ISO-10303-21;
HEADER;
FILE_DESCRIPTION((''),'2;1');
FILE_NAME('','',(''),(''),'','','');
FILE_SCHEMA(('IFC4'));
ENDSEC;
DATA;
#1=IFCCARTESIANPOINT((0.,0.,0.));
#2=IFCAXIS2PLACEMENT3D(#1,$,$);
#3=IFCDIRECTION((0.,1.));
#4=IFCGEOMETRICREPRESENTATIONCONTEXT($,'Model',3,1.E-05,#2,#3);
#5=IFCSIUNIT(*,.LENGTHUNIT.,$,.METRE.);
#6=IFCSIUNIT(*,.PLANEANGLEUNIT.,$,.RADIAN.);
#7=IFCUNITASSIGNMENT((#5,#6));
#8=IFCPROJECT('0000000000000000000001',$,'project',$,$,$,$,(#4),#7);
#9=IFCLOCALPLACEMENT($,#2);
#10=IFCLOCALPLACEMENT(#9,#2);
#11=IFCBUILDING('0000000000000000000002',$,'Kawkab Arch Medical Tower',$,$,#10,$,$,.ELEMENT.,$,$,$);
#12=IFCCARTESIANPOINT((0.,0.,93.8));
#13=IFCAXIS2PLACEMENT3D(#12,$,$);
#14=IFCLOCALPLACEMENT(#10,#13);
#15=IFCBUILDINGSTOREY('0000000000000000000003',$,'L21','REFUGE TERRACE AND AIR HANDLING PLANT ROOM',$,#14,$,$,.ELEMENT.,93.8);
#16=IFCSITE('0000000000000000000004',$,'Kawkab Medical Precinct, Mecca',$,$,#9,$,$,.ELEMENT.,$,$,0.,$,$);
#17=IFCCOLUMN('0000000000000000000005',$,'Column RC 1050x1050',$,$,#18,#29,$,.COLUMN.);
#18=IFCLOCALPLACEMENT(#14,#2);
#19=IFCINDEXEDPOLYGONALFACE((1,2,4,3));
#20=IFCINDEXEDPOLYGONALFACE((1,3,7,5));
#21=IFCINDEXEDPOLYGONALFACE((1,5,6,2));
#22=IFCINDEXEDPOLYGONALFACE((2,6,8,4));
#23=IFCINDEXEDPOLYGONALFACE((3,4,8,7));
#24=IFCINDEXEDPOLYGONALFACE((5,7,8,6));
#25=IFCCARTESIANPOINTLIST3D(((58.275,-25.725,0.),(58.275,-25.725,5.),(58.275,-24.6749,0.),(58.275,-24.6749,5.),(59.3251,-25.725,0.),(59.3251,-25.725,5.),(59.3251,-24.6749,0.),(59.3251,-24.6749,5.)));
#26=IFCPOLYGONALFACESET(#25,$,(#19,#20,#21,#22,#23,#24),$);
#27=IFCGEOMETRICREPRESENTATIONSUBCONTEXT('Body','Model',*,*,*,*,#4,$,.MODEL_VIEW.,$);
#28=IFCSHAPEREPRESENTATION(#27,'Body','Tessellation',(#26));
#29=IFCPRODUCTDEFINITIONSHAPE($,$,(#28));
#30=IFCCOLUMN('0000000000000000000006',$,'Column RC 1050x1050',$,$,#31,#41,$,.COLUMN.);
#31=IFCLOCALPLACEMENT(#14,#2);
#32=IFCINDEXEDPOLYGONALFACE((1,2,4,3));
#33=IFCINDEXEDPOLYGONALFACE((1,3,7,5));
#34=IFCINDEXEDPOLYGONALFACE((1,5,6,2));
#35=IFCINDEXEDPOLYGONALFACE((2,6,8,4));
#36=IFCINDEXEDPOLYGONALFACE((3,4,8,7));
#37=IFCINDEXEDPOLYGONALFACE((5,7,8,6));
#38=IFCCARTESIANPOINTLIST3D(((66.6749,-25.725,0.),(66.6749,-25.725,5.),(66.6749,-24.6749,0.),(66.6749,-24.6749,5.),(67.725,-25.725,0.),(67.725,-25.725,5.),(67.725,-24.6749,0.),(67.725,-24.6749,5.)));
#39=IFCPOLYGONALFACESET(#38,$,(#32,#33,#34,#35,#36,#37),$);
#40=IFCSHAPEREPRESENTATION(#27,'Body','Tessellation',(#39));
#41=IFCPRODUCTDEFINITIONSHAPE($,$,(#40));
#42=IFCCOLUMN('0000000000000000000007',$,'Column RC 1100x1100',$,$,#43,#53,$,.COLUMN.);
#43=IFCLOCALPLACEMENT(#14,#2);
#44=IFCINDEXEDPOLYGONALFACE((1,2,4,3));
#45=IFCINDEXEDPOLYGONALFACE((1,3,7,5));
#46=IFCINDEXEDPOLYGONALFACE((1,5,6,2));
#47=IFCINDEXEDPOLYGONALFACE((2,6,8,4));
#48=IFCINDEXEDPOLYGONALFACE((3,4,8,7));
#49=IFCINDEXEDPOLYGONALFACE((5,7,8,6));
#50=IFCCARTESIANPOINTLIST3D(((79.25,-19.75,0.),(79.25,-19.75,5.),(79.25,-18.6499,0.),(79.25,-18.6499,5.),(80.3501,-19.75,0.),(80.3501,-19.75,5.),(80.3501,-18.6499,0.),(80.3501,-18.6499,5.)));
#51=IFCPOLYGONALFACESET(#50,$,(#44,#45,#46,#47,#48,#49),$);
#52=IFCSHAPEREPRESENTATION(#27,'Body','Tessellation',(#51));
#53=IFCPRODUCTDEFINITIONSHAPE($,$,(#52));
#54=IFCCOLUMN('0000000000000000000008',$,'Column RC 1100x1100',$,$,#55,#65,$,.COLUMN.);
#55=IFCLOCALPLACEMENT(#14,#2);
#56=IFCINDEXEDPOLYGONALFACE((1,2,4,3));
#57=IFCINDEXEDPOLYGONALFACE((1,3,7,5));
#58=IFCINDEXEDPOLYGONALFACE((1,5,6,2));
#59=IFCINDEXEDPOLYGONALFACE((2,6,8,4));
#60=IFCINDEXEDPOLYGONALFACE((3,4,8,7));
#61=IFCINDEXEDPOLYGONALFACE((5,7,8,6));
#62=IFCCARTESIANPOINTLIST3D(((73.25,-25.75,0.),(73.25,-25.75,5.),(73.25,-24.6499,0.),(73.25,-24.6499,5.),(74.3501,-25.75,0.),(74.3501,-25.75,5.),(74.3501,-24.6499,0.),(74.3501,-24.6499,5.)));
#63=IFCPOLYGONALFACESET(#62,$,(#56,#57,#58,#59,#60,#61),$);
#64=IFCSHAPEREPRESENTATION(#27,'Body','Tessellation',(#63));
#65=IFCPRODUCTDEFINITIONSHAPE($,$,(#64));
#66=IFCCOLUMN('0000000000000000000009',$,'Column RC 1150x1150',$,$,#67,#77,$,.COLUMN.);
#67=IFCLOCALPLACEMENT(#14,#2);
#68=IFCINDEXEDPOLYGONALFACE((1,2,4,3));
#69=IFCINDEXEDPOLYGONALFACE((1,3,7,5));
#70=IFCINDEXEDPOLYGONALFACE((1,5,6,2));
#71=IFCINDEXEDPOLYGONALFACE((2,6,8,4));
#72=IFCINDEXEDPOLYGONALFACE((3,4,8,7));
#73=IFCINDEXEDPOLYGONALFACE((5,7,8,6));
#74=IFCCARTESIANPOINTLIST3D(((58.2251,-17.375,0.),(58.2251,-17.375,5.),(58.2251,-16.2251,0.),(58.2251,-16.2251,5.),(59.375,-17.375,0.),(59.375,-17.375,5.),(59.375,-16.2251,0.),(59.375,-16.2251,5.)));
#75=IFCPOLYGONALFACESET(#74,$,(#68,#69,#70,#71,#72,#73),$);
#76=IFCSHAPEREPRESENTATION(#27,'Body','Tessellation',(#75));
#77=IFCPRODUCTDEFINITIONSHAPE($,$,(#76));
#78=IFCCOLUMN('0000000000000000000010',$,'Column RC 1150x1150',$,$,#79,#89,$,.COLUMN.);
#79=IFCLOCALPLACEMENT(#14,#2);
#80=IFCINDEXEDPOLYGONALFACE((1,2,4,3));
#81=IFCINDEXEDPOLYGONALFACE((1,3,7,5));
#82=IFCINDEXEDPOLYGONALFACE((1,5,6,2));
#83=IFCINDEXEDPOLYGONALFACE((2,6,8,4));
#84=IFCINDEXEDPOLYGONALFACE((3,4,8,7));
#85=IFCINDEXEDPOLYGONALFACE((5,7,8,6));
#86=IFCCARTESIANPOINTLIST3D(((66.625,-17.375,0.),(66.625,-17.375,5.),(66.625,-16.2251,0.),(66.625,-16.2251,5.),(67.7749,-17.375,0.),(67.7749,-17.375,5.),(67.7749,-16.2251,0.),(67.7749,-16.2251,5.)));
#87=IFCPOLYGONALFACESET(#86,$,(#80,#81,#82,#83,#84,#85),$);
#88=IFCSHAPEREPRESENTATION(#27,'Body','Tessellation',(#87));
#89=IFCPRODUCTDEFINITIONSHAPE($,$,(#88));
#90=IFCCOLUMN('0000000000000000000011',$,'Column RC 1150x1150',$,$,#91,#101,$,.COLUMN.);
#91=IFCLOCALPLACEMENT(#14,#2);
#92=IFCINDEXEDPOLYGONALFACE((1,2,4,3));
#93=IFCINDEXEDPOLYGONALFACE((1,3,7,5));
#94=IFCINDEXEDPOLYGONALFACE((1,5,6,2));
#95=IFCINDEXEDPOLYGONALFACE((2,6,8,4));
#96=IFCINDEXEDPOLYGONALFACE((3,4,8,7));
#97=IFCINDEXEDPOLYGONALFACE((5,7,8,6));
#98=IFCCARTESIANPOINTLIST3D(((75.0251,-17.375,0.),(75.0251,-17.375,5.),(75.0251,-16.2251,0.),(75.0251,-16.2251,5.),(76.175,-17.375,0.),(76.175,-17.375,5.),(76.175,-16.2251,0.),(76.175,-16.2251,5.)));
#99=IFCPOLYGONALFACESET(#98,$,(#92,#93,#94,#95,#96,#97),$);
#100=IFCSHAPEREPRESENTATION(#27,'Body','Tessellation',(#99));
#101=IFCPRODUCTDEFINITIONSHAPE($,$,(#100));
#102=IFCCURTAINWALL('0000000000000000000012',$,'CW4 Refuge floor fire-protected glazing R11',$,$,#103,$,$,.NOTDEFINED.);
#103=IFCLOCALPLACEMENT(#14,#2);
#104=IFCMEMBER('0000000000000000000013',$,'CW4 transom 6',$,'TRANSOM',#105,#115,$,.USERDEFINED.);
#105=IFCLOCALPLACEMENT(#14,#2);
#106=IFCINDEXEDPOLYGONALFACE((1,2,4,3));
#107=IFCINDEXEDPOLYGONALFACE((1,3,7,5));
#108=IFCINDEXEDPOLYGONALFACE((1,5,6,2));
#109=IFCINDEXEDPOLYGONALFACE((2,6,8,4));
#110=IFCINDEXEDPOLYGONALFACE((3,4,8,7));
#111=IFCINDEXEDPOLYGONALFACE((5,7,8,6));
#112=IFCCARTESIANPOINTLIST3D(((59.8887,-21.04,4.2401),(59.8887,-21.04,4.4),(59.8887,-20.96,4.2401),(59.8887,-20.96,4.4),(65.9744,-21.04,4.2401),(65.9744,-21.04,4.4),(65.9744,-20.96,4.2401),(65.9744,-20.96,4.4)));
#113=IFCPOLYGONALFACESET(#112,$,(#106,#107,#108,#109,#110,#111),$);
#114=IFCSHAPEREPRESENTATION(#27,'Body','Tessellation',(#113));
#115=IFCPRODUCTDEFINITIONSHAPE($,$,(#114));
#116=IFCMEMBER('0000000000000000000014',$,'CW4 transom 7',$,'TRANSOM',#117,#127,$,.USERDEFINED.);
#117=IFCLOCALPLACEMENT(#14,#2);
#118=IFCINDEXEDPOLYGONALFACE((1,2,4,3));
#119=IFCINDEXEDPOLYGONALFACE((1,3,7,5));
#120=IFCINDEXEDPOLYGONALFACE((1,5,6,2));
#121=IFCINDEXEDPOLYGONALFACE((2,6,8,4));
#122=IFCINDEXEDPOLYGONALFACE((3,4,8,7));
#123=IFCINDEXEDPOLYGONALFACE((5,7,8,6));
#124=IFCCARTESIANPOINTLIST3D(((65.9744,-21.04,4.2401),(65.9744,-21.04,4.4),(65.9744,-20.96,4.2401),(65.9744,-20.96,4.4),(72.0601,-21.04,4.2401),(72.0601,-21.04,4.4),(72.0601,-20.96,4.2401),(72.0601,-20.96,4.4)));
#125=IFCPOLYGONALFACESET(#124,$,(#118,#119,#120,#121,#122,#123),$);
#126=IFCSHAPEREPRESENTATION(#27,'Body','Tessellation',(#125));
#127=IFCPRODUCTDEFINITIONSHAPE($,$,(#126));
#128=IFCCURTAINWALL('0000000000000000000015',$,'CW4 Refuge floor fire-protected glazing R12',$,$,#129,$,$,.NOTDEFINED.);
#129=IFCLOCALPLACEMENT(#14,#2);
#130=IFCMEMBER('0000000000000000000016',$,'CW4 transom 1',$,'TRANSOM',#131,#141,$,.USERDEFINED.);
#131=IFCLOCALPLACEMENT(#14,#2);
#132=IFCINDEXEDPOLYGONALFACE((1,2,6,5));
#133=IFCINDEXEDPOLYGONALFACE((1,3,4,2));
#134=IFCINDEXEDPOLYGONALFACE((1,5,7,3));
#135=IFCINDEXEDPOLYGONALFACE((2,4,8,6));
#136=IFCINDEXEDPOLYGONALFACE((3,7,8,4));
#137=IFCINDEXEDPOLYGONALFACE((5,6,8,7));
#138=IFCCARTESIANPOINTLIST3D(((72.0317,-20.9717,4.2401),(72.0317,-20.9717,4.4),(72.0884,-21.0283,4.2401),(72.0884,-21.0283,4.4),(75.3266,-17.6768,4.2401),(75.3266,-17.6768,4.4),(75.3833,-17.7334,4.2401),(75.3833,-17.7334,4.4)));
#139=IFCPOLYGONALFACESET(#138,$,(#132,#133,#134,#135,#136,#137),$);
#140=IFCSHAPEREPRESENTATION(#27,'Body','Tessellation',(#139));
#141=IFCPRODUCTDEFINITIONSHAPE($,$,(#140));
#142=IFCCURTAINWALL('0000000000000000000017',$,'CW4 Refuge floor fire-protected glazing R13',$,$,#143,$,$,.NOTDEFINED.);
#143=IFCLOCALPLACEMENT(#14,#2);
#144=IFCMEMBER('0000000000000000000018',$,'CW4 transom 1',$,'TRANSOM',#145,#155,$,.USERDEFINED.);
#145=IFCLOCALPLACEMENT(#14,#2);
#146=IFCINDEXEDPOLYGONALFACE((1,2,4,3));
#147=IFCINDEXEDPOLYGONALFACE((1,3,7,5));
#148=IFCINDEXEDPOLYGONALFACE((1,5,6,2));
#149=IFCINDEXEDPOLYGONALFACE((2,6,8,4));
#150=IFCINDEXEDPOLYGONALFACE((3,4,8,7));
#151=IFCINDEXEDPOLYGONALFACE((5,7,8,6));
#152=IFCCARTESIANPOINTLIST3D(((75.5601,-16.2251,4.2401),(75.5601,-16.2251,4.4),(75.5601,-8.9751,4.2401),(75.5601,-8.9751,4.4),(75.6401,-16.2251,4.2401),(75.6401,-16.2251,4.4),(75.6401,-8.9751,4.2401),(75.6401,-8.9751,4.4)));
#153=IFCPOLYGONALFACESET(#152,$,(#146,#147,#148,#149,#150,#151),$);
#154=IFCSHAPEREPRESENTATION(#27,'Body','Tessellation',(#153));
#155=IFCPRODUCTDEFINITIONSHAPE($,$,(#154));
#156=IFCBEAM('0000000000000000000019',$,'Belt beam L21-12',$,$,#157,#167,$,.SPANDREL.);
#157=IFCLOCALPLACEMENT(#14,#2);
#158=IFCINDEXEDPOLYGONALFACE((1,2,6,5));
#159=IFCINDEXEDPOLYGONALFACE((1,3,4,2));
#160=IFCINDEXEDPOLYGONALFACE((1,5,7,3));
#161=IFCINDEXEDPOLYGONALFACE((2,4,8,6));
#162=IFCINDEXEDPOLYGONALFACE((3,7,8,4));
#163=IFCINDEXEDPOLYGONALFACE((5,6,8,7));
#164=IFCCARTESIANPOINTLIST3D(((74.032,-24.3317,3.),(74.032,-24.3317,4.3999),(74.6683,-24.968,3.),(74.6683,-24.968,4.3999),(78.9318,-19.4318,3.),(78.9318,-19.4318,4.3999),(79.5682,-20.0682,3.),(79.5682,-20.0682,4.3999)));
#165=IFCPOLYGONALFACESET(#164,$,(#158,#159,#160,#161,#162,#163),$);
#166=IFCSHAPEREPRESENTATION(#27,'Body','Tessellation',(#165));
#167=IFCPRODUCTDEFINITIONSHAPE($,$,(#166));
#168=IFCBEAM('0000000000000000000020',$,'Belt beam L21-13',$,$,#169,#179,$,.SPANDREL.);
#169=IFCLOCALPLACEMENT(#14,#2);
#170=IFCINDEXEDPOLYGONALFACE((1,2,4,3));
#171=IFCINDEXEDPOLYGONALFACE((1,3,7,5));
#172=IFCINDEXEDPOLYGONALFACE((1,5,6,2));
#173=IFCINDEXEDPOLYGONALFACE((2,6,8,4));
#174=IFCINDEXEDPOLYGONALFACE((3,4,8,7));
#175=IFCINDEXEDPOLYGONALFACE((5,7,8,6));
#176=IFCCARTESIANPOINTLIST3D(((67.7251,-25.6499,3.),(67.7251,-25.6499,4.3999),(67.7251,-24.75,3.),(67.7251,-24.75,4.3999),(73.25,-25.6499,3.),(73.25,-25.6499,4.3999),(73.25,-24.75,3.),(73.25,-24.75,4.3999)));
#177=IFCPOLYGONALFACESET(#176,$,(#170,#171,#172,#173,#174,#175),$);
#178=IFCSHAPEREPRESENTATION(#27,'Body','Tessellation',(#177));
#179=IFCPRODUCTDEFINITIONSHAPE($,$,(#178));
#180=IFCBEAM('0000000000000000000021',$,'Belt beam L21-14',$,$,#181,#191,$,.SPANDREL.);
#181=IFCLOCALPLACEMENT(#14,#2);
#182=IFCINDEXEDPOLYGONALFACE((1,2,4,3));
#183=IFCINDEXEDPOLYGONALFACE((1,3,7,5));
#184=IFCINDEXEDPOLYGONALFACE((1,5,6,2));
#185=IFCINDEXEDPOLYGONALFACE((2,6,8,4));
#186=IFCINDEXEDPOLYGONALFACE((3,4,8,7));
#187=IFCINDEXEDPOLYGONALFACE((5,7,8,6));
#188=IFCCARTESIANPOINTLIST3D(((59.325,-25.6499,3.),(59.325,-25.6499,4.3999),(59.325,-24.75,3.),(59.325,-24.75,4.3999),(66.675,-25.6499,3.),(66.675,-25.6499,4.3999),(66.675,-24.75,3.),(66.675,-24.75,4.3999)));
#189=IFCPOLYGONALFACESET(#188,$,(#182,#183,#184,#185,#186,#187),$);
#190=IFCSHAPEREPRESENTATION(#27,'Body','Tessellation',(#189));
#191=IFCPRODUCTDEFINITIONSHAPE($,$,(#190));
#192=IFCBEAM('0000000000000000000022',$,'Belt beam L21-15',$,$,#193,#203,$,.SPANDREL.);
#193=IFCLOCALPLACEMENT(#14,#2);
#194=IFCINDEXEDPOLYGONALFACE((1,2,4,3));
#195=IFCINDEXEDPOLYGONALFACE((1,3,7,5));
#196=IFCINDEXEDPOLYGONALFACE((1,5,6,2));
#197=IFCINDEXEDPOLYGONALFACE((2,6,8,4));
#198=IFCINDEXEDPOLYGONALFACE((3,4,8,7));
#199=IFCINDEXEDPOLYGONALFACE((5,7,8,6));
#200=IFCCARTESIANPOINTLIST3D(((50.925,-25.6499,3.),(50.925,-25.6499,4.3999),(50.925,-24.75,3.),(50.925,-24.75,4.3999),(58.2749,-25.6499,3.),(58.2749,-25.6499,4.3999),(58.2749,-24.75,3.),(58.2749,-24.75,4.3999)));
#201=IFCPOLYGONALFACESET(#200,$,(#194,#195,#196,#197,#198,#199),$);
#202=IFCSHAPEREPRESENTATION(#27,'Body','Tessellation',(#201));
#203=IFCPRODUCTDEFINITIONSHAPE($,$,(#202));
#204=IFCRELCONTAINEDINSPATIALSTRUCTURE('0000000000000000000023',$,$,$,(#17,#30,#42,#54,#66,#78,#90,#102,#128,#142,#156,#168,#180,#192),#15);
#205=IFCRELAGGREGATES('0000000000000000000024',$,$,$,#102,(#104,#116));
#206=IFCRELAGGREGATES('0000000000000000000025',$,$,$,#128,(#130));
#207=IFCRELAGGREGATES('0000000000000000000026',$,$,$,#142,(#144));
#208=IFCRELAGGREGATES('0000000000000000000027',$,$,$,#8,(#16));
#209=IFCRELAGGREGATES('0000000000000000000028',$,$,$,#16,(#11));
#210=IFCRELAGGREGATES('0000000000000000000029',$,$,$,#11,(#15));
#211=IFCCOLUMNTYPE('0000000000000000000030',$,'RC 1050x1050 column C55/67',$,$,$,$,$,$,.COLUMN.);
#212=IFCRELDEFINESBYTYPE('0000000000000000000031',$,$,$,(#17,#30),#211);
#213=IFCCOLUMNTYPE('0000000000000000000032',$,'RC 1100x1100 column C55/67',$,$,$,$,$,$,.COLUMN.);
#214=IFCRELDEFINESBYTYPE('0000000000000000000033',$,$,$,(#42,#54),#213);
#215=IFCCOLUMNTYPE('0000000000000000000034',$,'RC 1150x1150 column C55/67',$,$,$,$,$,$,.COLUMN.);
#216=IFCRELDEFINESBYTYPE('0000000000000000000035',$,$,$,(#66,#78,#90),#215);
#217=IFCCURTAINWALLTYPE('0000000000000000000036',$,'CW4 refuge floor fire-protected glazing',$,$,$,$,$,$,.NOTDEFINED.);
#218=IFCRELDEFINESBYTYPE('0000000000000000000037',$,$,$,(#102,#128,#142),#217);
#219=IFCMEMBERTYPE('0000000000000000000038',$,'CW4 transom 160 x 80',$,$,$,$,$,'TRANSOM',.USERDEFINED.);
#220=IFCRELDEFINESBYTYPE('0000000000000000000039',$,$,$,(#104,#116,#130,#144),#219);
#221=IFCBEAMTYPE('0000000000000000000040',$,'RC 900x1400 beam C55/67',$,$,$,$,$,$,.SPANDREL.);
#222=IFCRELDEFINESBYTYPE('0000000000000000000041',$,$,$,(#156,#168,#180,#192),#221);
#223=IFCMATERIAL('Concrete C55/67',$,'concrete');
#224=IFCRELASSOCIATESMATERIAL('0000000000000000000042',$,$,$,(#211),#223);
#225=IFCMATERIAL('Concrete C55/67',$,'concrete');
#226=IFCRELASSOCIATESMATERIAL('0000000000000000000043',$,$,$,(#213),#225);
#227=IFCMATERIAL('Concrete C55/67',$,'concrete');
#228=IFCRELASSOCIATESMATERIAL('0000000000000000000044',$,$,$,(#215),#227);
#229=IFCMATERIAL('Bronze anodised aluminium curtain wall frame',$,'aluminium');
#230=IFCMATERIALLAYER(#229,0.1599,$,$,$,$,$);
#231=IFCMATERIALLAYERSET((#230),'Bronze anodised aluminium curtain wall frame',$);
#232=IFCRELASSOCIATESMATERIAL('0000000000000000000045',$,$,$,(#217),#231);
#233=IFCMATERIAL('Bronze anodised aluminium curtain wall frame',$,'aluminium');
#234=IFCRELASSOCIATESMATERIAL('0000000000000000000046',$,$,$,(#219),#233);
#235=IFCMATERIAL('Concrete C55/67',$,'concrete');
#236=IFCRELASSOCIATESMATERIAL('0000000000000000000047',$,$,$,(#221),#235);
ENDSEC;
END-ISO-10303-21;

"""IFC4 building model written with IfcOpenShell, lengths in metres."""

from ifc_helpers import new_model, si_unit, direction, frame, origin, origin_2d, place, context, subcontext, project, spatial, rectangle, extrude, material, layer, layer_set, material_profile, profile_set, type_object, element, aggregate, save


model = new_model("IFC4")

# Units and contexts
model_context = context("Model", 3, precision=1e-05, world=origin(), true_north=direction((0.0, 1.0)))
body_context = subcontext(model_context, "Body", "Model", "MODEL_VIEW")
ifc_project = project(units=[si_unit("LENGTHUNIT", "METRE"), si_unit("PLANEANGLEUNIT", "RADIAN")], contexts=[model_context])

# Site, building, storey
site_placement = place(None, origin())
site = spatial("IfcSite", under=ifc_project, at=site_placement, Name="Kawkab Medical Precinct, Mecca", CompositionType="ELEMENT", RefElevation=0.0)
building_placement = place(site_placement, origin())
building = spatial("IfcBuilding", under=site, at=building_placement, Name="Kawkab Arch Medical Tower", CompositionType="ELEMENT")
storey_placement = place(building_placement, frame((0.0, 0.0, 93.8)))
storey = spatial("IfcBuildingStorey", under=building, at=storey_placement, Name="L21", Description="REFUGE TERRACE AND AIR HANDLING PLANT ROOM", CompositionType="ELEMENT", Elevation=93.8)

# Columns
ifc_material_1 = material(Name="Concrete C55/67", Category="concrete")
ifc_material_profile_1 = material_profile(ifc_material_1, rectangle(XDim=1.05, YDim=1.05, at=origin_2d()), Name="RC 1050x1050")
ifc_profile_set_1 = profile_set([ifc_material_profile_1], Name="Concrete C55/67")
column_type_1 = type_object("IfcColumnType", Name="RC 1050x1050 column C55/67", PredefinedType="COLUMN", material=ifc_profile_set_1)
for number, where, z_axis, x_axis, name in (
    (1, (58.8, -25.2, 0.0), (0.0, 0.0, 1.0), (1.0, 0.0, 0.0), "Column RC 1050x1050"),
    (2, (67.2, -25.2, 0.0), (0.0, 0.0, 1.0), (1.0, 0.0, 0.0), "Column RC 1050x1050"),
):
    element("IfcColumn", number, at=place(storey_placement, frame(where, z_axis=z_axis, x_axis=x_axis)), inside=storey, type_object=column_type_1, Name=name, PredefinedType="COLUMN", context=body_context, shape_type="SweptSolid", body=[
        extrude(rectangle(XDim=1.05, YDim=1.05, at=origin_2d()), origin(), (0.0, 0.0, 1.0), 5.0),
    ])
ifc_material_2 = material(Name="Concrete C55/67", Category="concrete")
ifc_material_profile_2 = material_profile(ifc_material_2, rectangle(XDim=1.1001, YDim=1.1001, at=origin_2d()), Name="RC 1100x1100")
ifc_profile_set_2 = profile_set([ifc_material_profile_2], Name="Concrete C55/67")
column_type_2 = type_object("IfcColumnType", Name="RC 1100x1100 column C55/67", PredefinedType="COLUMN", material=ifc_profile_set_2)
for number, where, z_axis, x_axis, name in (
    (3, (79.8, -19.2, 0.0), (0.0, 0.0, 1.0), (1.0, 0.0, 0.0), "Column RC 1100x1100"),
    (4, (73.8, -25.2, 0.0), (0.0, 0.0, 1.0), (1.0, 0.0, 0.0), "Column RC 1100x1100"),
):
    element("IfcColumn", number, at=place(storey_placement, frame(where, z_axis=z_axis, x_axis=x_axis)), inside=storey, type_object=column_type_2, Name=name, PredefinedType="COLUMN", context=body_context, shape_type="SweptSolid", body=[
        extrude(rectangle(XDim=1.1001, YDim=1.1001, at=origin_2d()), origin(), (0.0, 0.0, 1.0), 5.0),
    ])
ifc_material_3 = material(Name="Concrete C55/67", Category="concrete")
ifc_material_profile_3 = material_profile(ifc_material_3, rectangle(XDim=1.1499, YDim=1.1499, at=origin_2d()), Name="RC 1150x1150")
ifc_profile_set_3 = profile_set([ifc_material_profile_3], Name="Concrete C55/67")
column_type_3 = type_object("IfcColumnType", Name="RC 1150x1150 column C55/67", PredefinedType="COLUMN", material=ifc_profile_set_3)
for number, where, z_axis, x_axis, name in (
    (5, (58.8, -16.8, 0.0), (0.0, 0.0, 1.0), (1.0, 0.0, 0.0), "Column RC 1150x1150"),
    (6, (67.2, -16.8, 0.0), (0.0, 0.0, 1.0), (1.0, 0.0, 0.0), "Column RC 1150x1150"),
    (7, (75.6001, -16.8, 0.0), (0.0, 0.0, 1.0), (1.0, 0.0, 0.0), "Column RC 1150x1150"),
):
    element("IfcColumn", number, at=place(storey_placement, frame(where, z_axis=z_axis, x_axis=x_axis)), inside=storey, type_object=column_type_3, Name=name, PredefinedType="COLUMN", context=body_context, shape_type="SweptSolid", body=[
        extrude(rectangle(XDim=1.1499, YDim=1.1499, at=origin_2d()), origin(), (0.0, 0.0, 1.0), 5.0),
    ])

# Curtain wall, members
ifc_material_4 = material(Name="Bronze anodised aluminium curtain wall frame", Category="aluminium")
ifc_layer_1 = layer(ifc_material_4, 0.1599)
ifc_layer_set_1 = layer_set([ifc_layer_1], Name="Bronze anodised aluminium curtain wall frame")
curtain_wall_type = type_object("IfcCurtainWallType", Name="CW4 refuge floor fire-protected glazing", PredefinedType="NOTDEFINED", material=ifc_layer_set_1)
placement = place(storey_placement, origin())
curtain_wall_1 = element("IfcCurtainWall", 8, at=placement, inside=storey, type_object=curtain_wall_type, Name="CW4 Refuge floor fire-protected glazing R11", PredefinedType="NOTDEFINED")
ifc_material_5 = material(Name="Bronze anodised aluminium curtain wall frame", Category="aluminium")
ifc_material_profile_4 = material_profile(ifc_material_5, rectangle(XDim=0.0801, YDim=0.1599, at=origin_2d()), Name="AL 80x160")
ifc_profile_set_4 = profile_set([ifc_material_profile_4], Name="Bronze anodised aluminium curtain wall frame")
member_type = type_object("IfcMemberType", Name="CW4 transom 160 x 80", ElementType="TRANSOM", PredefinedType="USERDEFINED", material=ifc_profile_set_4)
member_1_placement = place(storey_placement, frame((59.8887, -21.0, 4.3201), z_axis=(1.0, 0.0, 0.0), x_axis=(0.0, 1.0, 0.0)))
member_1 = element("IfcMember", 9, at=member_1_placement, type_object=member_type, Name="CW4 transom 6", ObjectType="TRANSOM", PredefinedType="USERDEFINED", context=body_context, shape_type="SweptSolid", body=[
    extrude(rectangle(XDim=0.0801, YDim=0.1599, at=origin_2d()), origin(), (0.0, 0.0, 1.0), 6.0857),
])
member_2_placement = place(storey_placement, frame((65.9744, -21.0, 4.3201), z_axis=(1.0, 0.0, 0.0), x_axis=(0.0, 1.0, 0.0)))
member_2 = element("IfcMember", 10, at=member_2_placement, type_object=member_type, Name="CW4 transom 7", ObjectType="TRANSOM", PredefinedType="USERDEFINED", context=body_context, shape_type="SweptSolid", body=[
    extrude(rectangle(XDim=0.0801, YDim=0.1599, at=origin_2d()), origin(), (0.0, 0.0, 1.0), 6.0857),
])

# Curtain walls, members
curtain_wall_2 = element("IfcCurtainWall", 11, at=placement, inside=storey, type_object=curtain_wall_type, Name="CW4 Refuge floor fire-protected glazing R12", PredefinedType="NOTDEFINED")
member_3_placement = place(storey_placement, frame((72.0601, -21.0, 4.3201), z_axis=(0.707107, 0.707107, 0.0), x_axis=(-0.707107, 0.707107, 0.0)))
member_3 = element("IfcMember", 12, at=member_3_placement, type_object=member_type, Name="CW4 transom 1", ObjectType="TRANSOM", PredefinedType="USERDEFINED", context=body_context, shape_type="SweptSolid", body=[
    extrude(rectangle(XDim=0.0801, YDim=0.1599, at=origin_2d()), origin(), (0.0, 0.0, 1.0), 4.6597),
])
curtain_wall_3 = element("IfcCurtainWall", 13, at=placement, inside=storey, type_object=curtain_wall_type, Name="CW4 Refuge floor fire-protected glazing R13", PredefinedType="NOTDEFINED")
member_4_placement = place(storey_placement, frame((75.6001, -16.2251, 4.3201), z_axis=(0.0, 1.0, 0.0), x_axis=(-1.0, 0.0, 0.0)))
member_4 = element("IfcMember", 14, at=member_4_placement, type_object=member_type, Name="CW4 transom 1", ObjectType="TRANSOM", PredefinedType="USERDEFINED", context=body_context, shape_type="SweptSolid", body=[
    extrude(rectangle(XDim=0.0801, YDim=0.1599, at=origin_2d()), origin(), (0.0, 0.0, 1.0), 7.25),
])

# Beams
ifc_material_6 = material(Name="Concrete C55/67", Category="concrete")
ifc_material_profile_5 = material_profile(ifc_material_6, rectangle(XDim=0.8999, YDim=1.3999, at=origin_2d()), Name="RC 900x1400")
ifc_profile_set_5 = profile_set([ifc_material_profile_5], Name="Concrete C55/67")
beam_type = type_object("IfcBeamType", Name="RC 900x1400 beam C55/67", PredefinedType="SPANDREL", material=ifc_profile_set_5)
beam_1_placement = place(storey_placement, frame((79.25, -19.75, 3.7), z_axis=(-0.707107, -0.707107, 0.0), x_axis=(0.707107, -0.707107, 0.0)))
element("IfcBeam", 15, at=beam_1_placement, inside=storey, type_object=beam_type, Name="Belt beam L21-12", PredefinedType="SPANDREL", context=body_context, shape_type="SweptSolid", body=[
    extrude(rectangle(XDim=0.8999, YDim=1.3999, at=origin_2d()), origin(), (0.0, 0.0, 1.0), 6.9294),
])
beam_2_placement = place(storey_placement, frame((73.25, -25.2, 3.7), z_axis=(-1.0, 0.0, 0.0), x_axis=(0.0, -1.0, 0.0)))
element("IfcBeam", 16, at=beam_2_placement, inside=storey, type_object=beam_type, Name="Belt beam L21-13", PredefinedType="SPANDREL", context=body_context, shape_type="SweptSolid", body=[
    extrude(rectangle(XDim=0.8999, YDim=1.3999, at=origin_2d()), origin(), (0.0, 0.0, 1.0), 5.5249),
])
beam_3_placement = place(storey_placement, frame((66.675, -25.2, 3.7), z_axis=(-1.0, 0.0, 0.0), x_axis=(0.0, -1.0, 0.0)))
element("IfcBeam", 17, at=beam_3_placement, inside=storey, type_object=beam_type, Name="Belt beam L21-14", PredefinedType="SPANDREL", context=body_context, shape_type="SweptSolid", body=[
    extrude(rectangle(XDim=0.8999, YDim=1.3999, at=origin_2d()), origin(), (0.0, 0.0, 1.0), 7.3501),
])
beam_4_placement = place(storey_placement, frame((58.2749, -25.2, 3.7), z_axis=(-1.0, 0.0, 0.0), x_axis=(0.0, -1.0, 0.0)))
element("IfcBeam", 18, at=beam_4_placement, inside=storey, type_object=beam_type, Name="Belt beam L21-15", PredefinedType="SPANDREL", context=body_context, shape_type="SweptSolid", body=[
    extrude(rectangle(XDim=0.8999, YDim=1.3999, at=origin_2d()), origin(), (0.0, 0.0, 1.0), 7.3499),
])

aggregate(curtain_wall_1, [member_1, member_2])
aggregate(curtain_wall_2, [member_3])
aggregate(curtain_wall_3, [member_4])

save(model, "model.ifc")
